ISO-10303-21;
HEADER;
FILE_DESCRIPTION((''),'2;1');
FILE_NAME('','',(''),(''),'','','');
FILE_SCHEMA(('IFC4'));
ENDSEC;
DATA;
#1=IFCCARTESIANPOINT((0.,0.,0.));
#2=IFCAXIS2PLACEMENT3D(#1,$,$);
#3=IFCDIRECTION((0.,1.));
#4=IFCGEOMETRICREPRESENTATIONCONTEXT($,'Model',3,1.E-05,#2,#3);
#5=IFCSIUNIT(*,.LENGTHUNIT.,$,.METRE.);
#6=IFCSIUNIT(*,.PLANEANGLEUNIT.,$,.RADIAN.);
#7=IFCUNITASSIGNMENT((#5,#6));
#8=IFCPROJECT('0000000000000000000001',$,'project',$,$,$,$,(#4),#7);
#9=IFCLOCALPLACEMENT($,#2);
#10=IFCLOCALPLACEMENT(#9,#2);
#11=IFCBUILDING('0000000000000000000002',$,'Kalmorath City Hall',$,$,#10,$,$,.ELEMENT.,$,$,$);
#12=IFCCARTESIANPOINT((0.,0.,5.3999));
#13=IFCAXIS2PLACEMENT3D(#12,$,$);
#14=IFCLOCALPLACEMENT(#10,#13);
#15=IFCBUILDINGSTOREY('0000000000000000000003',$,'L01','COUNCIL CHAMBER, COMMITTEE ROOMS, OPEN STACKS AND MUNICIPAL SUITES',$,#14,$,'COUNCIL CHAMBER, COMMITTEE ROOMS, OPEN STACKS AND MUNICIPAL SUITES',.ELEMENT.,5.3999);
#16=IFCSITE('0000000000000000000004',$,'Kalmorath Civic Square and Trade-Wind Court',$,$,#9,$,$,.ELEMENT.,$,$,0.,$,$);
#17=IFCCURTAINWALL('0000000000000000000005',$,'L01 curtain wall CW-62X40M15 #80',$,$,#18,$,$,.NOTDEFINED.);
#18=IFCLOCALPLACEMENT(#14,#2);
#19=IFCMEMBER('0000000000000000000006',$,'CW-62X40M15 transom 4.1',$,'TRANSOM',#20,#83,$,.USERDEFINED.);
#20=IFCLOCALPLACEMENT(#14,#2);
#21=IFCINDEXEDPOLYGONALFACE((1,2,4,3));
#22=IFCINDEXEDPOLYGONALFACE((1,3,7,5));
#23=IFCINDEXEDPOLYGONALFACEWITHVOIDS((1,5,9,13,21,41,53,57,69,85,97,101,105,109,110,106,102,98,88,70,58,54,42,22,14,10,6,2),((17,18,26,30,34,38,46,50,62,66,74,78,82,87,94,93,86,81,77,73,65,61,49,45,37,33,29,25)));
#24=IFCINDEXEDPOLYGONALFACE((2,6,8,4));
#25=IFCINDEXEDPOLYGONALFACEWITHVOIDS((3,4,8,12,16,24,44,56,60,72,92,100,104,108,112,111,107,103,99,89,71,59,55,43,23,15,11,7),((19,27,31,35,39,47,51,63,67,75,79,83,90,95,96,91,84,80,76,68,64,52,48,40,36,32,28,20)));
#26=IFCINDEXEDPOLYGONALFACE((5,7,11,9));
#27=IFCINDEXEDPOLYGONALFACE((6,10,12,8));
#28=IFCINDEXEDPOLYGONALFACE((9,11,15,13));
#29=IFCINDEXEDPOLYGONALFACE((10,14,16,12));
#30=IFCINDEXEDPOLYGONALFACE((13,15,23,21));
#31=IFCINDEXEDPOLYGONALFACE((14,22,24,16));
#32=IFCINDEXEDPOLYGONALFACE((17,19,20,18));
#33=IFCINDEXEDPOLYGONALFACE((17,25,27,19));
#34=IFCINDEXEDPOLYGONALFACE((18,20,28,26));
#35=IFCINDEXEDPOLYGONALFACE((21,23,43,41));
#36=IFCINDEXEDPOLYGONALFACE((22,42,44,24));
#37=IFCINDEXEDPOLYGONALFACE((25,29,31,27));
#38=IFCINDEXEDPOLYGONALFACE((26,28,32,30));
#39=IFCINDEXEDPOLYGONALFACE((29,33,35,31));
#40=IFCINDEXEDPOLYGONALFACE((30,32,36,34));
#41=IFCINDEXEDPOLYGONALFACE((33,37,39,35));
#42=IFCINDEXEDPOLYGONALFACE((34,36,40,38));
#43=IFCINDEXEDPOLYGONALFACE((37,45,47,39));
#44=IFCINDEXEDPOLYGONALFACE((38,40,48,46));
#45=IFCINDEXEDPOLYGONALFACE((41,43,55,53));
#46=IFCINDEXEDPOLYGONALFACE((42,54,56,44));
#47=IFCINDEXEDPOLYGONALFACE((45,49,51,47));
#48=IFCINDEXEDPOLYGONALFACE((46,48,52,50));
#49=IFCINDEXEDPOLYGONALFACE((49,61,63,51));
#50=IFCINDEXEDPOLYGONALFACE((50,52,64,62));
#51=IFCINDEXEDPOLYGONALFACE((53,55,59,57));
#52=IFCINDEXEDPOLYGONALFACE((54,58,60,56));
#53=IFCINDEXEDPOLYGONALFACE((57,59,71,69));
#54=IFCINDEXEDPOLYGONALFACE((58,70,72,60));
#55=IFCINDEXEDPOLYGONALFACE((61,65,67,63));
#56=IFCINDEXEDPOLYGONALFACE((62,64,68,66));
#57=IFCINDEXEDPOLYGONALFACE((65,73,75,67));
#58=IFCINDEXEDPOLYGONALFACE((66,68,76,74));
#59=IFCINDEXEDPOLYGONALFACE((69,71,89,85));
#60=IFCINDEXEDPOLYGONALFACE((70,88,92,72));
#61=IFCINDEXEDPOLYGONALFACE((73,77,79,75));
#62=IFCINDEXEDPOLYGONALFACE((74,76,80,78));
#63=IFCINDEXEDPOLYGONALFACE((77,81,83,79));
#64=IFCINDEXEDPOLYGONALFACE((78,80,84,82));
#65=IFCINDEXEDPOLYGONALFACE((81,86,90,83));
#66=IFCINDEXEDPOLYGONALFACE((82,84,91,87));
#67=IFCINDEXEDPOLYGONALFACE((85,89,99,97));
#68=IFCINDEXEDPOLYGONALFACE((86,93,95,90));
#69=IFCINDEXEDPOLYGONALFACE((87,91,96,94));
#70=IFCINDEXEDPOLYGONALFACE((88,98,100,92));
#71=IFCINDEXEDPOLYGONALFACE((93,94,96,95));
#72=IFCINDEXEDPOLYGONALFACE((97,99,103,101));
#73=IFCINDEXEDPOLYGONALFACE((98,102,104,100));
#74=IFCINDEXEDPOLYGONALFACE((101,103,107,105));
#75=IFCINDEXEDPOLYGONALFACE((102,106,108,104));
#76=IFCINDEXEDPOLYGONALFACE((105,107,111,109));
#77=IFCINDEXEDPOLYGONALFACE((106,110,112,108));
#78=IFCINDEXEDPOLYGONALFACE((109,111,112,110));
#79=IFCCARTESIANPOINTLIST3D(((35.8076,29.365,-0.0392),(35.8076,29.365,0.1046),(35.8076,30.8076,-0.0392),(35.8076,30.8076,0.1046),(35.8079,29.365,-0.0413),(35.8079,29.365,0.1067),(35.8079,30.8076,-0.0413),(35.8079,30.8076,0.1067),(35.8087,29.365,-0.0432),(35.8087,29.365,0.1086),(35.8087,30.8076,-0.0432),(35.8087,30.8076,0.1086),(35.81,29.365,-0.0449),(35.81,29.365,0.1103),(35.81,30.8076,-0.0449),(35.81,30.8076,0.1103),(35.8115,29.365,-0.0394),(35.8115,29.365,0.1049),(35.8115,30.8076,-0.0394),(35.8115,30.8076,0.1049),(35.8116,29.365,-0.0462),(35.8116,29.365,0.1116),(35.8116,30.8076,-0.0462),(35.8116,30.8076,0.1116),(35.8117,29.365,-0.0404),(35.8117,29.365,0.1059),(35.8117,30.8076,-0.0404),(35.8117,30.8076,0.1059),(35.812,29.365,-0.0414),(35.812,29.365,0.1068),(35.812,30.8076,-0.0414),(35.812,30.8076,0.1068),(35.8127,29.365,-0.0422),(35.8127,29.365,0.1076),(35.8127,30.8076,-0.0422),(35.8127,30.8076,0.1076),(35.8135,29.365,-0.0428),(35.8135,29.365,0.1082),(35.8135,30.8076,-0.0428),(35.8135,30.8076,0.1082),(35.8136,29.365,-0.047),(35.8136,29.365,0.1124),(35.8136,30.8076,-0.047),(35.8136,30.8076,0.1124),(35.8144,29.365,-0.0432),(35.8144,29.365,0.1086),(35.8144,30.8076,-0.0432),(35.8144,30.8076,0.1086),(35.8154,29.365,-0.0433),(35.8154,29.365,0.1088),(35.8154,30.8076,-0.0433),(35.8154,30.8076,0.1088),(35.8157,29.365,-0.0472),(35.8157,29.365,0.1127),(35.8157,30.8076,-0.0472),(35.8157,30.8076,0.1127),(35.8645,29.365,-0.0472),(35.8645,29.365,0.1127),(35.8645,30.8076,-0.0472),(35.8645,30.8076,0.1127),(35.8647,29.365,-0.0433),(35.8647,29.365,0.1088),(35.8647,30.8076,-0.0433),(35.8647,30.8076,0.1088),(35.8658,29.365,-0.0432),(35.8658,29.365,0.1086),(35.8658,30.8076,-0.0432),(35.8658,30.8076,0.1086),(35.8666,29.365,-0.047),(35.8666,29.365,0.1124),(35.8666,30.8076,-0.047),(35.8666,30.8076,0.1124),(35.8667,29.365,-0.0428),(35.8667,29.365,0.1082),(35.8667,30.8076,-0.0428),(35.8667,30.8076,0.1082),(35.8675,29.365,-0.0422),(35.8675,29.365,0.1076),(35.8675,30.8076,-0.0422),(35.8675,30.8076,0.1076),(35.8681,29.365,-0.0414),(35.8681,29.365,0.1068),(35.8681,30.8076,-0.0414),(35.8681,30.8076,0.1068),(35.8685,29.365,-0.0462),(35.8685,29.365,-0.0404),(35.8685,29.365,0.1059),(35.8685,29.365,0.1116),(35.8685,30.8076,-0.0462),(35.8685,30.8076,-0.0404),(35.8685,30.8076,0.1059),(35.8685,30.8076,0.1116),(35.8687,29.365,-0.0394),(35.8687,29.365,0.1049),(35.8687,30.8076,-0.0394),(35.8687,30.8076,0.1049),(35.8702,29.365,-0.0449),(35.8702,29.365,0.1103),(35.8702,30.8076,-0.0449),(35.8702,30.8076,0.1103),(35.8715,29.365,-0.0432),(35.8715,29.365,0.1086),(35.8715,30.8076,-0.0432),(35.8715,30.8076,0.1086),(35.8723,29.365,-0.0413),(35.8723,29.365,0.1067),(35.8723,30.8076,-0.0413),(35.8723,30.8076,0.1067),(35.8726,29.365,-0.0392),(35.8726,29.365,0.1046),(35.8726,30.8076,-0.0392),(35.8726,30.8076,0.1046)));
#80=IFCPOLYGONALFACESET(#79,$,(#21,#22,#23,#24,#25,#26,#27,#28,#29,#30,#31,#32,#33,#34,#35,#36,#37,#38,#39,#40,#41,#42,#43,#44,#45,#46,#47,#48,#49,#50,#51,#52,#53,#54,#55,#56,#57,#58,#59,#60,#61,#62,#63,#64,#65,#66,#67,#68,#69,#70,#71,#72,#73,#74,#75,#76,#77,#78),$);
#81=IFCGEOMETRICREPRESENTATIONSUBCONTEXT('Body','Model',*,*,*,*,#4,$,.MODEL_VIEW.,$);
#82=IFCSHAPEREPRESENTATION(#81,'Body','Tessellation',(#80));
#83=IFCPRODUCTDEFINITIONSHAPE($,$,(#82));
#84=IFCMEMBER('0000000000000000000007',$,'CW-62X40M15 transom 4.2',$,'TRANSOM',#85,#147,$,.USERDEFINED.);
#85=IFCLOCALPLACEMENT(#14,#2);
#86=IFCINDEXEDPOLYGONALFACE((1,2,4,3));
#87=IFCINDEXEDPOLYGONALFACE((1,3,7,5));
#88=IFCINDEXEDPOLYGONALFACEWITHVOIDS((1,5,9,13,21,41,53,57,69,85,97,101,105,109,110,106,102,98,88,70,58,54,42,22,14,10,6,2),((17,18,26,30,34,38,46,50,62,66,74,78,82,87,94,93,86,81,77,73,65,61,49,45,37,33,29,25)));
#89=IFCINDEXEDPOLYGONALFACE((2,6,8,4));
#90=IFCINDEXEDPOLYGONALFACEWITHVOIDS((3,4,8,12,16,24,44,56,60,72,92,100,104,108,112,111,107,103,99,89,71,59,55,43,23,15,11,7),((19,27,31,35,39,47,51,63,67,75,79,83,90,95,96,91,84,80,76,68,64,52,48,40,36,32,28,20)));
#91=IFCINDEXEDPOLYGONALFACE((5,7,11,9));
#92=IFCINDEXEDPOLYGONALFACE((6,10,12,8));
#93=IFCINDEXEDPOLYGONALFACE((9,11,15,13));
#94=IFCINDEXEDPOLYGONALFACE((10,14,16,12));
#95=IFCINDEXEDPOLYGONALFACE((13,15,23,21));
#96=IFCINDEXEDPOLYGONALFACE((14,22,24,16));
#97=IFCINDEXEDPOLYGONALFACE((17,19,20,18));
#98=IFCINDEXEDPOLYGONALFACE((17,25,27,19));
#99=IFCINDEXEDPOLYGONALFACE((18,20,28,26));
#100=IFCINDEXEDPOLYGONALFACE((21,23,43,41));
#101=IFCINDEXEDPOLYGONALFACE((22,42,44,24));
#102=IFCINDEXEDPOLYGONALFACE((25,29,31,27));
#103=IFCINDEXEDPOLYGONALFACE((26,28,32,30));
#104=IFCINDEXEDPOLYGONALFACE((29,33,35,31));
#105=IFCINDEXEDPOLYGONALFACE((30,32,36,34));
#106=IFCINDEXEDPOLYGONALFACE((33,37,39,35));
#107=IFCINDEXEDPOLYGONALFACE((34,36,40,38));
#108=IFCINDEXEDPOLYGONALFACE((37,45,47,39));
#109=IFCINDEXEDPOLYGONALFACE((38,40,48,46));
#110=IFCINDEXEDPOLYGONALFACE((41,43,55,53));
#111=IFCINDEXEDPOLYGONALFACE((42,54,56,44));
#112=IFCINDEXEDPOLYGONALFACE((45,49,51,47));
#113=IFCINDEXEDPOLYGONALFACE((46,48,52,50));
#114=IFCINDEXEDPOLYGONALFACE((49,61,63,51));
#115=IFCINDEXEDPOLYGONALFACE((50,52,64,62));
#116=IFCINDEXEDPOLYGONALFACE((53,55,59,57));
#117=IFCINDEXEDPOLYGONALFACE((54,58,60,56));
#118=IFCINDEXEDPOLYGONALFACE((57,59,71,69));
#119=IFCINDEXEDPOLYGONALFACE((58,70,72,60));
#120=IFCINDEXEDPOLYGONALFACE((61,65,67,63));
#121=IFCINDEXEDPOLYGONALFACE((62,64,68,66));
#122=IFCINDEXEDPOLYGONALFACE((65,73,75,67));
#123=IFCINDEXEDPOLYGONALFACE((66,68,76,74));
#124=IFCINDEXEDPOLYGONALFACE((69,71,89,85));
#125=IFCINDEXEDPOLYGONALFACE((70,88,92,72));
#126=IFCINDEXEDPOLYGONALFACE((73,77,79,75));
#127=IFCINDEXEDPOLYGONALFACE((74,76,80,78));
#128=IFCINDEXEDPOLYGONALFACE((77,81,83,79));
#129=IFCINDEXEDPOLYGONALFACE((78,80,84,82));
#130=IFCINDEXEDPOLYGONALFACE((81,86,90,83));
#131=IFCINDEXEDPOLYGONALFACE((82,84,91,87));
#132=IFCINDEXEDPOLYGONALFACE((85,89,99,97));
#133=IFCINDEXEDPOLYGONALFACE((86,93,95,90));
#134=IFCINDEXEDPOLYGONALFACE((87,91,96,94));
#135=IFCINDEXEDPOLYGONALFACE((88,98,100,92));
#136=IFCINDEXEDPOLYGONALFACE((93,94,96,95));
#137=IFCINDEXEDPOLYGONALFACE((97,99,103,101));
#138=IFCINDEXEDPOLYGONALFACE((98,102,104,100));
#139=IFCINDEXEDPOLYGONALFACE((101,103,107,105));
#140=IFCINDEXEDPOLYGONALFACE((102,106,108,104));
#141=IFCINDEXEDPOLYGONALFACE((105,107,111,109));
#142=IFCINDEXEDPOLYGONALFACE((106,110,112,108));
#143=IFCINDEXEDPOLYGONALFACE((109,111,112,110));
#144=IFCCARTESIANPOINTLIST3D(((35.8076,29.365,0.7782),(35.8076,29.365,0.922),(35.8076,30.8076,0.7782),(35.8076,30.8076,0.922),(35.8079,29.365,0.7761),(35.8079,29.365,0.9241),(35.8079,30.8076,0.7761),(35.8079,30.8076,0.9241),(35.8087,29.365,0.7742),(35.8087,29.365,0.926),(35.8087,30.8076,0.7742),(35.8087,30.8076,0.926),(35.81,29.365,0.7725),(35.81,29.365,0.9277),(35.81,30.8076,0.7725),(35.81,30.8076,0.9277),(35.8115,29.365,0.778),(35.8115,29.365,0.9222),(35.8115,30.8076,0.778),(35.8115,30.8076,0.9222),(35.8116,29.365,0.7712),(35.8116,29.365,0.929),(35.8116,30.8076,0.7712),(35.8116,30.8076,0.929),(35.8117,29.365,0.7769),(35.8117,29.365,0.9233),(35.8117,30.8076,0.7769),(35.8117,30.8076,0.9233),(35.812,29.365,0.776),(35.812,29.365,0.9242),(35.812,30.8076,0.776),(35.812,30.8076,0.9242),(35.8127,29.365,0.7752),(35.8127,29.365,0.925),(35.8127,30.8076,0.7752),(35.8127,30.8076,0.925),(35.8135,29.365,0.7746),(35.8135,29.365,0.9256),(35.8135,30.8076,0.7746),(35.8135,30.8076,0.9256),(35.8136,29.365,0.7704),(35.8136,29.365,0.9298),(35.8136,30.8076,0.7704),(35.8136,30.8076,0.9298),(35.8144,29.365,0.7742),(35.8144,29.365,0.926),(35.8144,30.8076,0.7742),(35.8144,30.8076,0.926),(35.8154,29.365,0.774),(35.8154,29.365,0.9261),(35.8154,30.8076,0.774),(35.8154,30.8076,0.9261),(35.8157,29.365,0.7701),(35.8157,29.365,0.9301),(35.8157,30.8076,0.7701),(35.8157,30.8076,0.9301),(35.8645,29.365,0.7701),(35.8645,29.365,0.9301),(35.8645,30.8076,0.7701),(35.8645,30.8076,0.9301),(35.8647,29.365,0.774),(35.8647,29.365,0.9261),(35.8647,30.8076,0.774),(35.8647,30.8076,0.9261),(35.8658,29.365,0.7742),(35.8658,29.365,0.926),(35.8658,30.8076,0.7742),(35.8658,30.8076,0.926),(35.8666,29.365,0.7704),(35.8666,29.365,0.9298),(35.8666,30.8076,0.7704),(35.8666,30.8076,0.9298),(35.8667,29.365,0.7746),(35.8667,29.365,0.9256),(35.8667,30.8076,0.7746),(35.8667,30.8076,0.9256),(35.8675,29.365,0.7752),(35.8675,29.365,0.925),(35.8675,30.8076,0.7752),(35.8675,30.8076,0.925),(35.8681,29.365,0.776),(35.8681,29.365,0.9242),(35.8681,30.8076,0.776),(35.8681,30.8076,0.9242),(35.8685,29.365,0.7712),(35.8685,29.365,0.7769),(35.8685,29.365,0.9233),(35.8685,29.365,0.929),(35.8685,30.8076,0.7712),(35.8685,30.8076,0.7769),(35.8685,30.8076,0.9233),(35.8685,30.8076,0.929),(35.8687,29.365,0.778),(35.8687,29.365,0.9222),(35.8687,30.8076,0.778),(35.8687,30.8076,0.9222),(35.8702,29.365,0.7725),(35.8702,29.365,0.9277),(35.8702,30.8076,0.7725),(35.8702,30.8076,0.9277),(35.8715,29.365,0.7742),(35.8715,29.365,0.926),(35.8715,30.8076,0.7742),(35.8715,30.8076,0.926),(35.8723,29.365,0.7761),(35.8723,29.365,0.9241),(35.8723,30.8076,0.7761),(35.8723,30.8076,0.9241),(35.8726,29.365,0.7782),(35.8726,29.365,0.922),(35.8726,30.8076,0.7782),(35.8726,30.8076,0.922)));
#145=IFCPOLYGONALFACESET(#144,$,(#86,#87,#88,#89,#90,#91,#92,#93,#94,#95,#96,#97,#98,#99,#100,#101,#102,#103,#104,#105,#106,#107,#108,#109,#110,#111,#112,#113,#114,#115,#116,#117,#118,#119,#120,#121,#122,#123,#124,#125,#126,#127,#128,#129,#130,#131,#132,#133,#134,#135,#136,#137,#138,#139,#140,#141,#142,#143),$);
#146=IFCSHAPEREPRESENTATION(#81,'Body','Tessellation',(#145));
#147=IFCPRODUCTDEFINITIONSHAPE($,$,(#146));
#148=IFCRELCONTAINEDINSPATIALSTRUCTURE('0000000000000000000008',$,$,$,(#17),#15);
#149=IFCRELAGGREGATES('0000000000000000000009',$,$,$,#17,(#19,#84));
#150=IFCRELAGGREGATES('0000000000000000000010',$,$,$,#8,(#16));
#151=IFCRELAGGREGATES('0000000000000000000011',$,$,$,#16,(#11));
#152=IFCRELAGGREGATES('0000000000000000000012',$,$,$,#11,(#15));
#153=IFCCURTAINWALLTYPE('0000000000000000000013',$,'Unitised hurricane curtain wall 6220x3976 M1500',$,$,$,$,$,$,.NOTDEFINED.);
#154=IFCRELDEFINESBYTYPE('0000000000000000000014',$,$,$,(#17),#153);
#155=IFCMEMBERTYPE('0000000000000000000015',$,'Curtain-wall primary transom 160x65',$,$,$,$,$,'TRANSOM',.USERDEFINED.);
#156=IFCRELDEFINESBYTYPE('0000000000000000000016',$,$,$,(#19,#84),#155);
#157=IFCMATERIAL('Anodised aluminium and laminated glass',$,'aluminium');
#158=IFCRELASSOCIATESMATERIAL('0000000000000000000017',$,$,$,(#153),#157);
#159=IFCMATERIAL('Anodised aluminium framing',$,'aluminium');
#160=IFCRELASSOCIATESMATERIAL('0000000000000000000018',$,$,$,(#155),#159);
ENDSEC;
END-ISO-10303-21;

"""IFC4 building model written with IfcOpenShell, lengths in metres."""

from ifc_helpers import new_model, si_unit, direction, frame, origin, origin_2d, place, context, subcontext, project, spatial, hollow_rectangle, extrude, material, material_profile, profile_set, type_object, element, aggregate, save


model = new_model("IFC4")

# Units and contexts
model_context = context("Model", 3, precision=1e-05, world=origin(), true_north=direction((0.0, 1.0)))
body_context = subcontext(model_context, "Body", "Model", "MODEL_VIEW")
ifc_project = project(units=[si_unit("LENGTHUNIT", "METRE"), si_unit("PLANEANGLEUNIT", "RADIAN")], contexts=[model_context])

# Site, building, storey
site_placement = place(None, origin())
site = spatial("IfcSite", under=ifc_project, at=site_placement, Name="Kalmorath Civic Square and Trade-Wind Court", CompositionType="ELEMENT", RefElevation=0.0)
building_placement = place(site_placement, origin())
building = spatial("IfcBuilding", under=site, at=building_placement, Name="Kalmorath City Hall", CompositionType="ELEMENT")
storey_placement = place(building_placement, frame((0.0, 0.0, 5.3999)))
storey = spatial("IfcBuildingStorey", under=building, at=storey_placement, Name="L01", Description="COUNCIL CHAMBER, COMMITTEE ROOMS, OPEN STACKS AND MUNICIPAL SUITES", LongName="COUNCIL CHAMBER, COMMITTEE ROOMS, OPEN STACKS AND MUNICIPAL SUITES", CompositionType="ELEMENT", Elevation=5.3999)

# Curtain wall
ifc_material_1 = material(Name="Anodised aluminium and laminated glass", Category="aluminium")
curtain_wall_type_1 = type_object("IfcCurtainWallType", Name="Unitised hurricane curtain wall 6220x3976 M1500", PredefinedType="NOTDEFINED", material=ifc_material_1)
curtain_wall_1_placement = place(storey_placement, origin())
curtain_wall_1 = element("IfcCurtainWall", 1, at=curtain_wall_1_placement, inside=storey, type_object=curtain_wall_type_1, Name="L01 curtain wall CW-62X40M15 #80", PredefinedType="NOTDEFINED")

# Members
ifc_material_2 = material(Name="Anodised aluminium framing", Category="aluminium")
ifc_material_profile_1 = material_profile(ifc_material_2, hollow_rectangle(XDim=0.0649, YDim=0.1599, WallThickness=0.0039, InnerFilletRadius=0.0039, OuterFilletRadius=0.0081, at=origin_2d()), Name="ALU-TRN-160X65X4")
ifc_profile_set_1 = profile_set([ifc_material_profile_1], Name="Anodised aluminium framing")
member_type_1 = type_object("IfcMemberType", Name="Curtain-wall primary transom 160x65", ElementType="TRANSOM", PredefinedType="USERDEFINED", material=ifc_profile_set_1)
member_1_placement = place(storey_placement, frame((35.8401, 30.8076, 0.0327), z_axis=(0.0, -1.0, 0.0), x_axis=(1.0, 0.0, 0.0)))
member_1 = element("IfcMember", 2, at=member_1_placement, type_object=member_type_1, Name="CW-62X40M15 transom 4.1", ObjectType="TRANSOM", PredefinedType="USERDEFINED", context=body_context, shape_type="SweptSolid", body=[
    extrude(hollow_rectangle(XDim=0.0649, YDim=0.1599, WallThickness=0.0039, InnerFilletRadius=0.0039, OuterFilletRadius=0.0081, at=origin_2d()), origin(), (0.0, 0.0, 1.0), 1.4426),
])
member_2_placement = place(storey_placement, frame((35.8401, 30.8076, 0.8501), z_axis=(0.0, -1.0, 0.0), x_axis=(1.0, 0.0, 0.0)))
member_2 = element("IfcMember", 3, at=member_2_placement, type_object=member_type_1, Name="CW-62X40M15 transom 4.2", ObjectType="TRANSOM", PredefinedType="USERDEFINED", context=body_context, shape_type="SweptSolid", body=[
    extrude(hollow_rectangle(XDim=0.0649, YDim=0.1599, WallThickness=0.0039, InnerFilletRadius=0.0039, OuterFilletRadius=0.0081, at=origin_2d()), origin(), (0.0, 0.0, 1.0), 1.4426),
])

aggregate(curtain_wall_1, [member_1, member_2])

save(model, "model.ifc")
